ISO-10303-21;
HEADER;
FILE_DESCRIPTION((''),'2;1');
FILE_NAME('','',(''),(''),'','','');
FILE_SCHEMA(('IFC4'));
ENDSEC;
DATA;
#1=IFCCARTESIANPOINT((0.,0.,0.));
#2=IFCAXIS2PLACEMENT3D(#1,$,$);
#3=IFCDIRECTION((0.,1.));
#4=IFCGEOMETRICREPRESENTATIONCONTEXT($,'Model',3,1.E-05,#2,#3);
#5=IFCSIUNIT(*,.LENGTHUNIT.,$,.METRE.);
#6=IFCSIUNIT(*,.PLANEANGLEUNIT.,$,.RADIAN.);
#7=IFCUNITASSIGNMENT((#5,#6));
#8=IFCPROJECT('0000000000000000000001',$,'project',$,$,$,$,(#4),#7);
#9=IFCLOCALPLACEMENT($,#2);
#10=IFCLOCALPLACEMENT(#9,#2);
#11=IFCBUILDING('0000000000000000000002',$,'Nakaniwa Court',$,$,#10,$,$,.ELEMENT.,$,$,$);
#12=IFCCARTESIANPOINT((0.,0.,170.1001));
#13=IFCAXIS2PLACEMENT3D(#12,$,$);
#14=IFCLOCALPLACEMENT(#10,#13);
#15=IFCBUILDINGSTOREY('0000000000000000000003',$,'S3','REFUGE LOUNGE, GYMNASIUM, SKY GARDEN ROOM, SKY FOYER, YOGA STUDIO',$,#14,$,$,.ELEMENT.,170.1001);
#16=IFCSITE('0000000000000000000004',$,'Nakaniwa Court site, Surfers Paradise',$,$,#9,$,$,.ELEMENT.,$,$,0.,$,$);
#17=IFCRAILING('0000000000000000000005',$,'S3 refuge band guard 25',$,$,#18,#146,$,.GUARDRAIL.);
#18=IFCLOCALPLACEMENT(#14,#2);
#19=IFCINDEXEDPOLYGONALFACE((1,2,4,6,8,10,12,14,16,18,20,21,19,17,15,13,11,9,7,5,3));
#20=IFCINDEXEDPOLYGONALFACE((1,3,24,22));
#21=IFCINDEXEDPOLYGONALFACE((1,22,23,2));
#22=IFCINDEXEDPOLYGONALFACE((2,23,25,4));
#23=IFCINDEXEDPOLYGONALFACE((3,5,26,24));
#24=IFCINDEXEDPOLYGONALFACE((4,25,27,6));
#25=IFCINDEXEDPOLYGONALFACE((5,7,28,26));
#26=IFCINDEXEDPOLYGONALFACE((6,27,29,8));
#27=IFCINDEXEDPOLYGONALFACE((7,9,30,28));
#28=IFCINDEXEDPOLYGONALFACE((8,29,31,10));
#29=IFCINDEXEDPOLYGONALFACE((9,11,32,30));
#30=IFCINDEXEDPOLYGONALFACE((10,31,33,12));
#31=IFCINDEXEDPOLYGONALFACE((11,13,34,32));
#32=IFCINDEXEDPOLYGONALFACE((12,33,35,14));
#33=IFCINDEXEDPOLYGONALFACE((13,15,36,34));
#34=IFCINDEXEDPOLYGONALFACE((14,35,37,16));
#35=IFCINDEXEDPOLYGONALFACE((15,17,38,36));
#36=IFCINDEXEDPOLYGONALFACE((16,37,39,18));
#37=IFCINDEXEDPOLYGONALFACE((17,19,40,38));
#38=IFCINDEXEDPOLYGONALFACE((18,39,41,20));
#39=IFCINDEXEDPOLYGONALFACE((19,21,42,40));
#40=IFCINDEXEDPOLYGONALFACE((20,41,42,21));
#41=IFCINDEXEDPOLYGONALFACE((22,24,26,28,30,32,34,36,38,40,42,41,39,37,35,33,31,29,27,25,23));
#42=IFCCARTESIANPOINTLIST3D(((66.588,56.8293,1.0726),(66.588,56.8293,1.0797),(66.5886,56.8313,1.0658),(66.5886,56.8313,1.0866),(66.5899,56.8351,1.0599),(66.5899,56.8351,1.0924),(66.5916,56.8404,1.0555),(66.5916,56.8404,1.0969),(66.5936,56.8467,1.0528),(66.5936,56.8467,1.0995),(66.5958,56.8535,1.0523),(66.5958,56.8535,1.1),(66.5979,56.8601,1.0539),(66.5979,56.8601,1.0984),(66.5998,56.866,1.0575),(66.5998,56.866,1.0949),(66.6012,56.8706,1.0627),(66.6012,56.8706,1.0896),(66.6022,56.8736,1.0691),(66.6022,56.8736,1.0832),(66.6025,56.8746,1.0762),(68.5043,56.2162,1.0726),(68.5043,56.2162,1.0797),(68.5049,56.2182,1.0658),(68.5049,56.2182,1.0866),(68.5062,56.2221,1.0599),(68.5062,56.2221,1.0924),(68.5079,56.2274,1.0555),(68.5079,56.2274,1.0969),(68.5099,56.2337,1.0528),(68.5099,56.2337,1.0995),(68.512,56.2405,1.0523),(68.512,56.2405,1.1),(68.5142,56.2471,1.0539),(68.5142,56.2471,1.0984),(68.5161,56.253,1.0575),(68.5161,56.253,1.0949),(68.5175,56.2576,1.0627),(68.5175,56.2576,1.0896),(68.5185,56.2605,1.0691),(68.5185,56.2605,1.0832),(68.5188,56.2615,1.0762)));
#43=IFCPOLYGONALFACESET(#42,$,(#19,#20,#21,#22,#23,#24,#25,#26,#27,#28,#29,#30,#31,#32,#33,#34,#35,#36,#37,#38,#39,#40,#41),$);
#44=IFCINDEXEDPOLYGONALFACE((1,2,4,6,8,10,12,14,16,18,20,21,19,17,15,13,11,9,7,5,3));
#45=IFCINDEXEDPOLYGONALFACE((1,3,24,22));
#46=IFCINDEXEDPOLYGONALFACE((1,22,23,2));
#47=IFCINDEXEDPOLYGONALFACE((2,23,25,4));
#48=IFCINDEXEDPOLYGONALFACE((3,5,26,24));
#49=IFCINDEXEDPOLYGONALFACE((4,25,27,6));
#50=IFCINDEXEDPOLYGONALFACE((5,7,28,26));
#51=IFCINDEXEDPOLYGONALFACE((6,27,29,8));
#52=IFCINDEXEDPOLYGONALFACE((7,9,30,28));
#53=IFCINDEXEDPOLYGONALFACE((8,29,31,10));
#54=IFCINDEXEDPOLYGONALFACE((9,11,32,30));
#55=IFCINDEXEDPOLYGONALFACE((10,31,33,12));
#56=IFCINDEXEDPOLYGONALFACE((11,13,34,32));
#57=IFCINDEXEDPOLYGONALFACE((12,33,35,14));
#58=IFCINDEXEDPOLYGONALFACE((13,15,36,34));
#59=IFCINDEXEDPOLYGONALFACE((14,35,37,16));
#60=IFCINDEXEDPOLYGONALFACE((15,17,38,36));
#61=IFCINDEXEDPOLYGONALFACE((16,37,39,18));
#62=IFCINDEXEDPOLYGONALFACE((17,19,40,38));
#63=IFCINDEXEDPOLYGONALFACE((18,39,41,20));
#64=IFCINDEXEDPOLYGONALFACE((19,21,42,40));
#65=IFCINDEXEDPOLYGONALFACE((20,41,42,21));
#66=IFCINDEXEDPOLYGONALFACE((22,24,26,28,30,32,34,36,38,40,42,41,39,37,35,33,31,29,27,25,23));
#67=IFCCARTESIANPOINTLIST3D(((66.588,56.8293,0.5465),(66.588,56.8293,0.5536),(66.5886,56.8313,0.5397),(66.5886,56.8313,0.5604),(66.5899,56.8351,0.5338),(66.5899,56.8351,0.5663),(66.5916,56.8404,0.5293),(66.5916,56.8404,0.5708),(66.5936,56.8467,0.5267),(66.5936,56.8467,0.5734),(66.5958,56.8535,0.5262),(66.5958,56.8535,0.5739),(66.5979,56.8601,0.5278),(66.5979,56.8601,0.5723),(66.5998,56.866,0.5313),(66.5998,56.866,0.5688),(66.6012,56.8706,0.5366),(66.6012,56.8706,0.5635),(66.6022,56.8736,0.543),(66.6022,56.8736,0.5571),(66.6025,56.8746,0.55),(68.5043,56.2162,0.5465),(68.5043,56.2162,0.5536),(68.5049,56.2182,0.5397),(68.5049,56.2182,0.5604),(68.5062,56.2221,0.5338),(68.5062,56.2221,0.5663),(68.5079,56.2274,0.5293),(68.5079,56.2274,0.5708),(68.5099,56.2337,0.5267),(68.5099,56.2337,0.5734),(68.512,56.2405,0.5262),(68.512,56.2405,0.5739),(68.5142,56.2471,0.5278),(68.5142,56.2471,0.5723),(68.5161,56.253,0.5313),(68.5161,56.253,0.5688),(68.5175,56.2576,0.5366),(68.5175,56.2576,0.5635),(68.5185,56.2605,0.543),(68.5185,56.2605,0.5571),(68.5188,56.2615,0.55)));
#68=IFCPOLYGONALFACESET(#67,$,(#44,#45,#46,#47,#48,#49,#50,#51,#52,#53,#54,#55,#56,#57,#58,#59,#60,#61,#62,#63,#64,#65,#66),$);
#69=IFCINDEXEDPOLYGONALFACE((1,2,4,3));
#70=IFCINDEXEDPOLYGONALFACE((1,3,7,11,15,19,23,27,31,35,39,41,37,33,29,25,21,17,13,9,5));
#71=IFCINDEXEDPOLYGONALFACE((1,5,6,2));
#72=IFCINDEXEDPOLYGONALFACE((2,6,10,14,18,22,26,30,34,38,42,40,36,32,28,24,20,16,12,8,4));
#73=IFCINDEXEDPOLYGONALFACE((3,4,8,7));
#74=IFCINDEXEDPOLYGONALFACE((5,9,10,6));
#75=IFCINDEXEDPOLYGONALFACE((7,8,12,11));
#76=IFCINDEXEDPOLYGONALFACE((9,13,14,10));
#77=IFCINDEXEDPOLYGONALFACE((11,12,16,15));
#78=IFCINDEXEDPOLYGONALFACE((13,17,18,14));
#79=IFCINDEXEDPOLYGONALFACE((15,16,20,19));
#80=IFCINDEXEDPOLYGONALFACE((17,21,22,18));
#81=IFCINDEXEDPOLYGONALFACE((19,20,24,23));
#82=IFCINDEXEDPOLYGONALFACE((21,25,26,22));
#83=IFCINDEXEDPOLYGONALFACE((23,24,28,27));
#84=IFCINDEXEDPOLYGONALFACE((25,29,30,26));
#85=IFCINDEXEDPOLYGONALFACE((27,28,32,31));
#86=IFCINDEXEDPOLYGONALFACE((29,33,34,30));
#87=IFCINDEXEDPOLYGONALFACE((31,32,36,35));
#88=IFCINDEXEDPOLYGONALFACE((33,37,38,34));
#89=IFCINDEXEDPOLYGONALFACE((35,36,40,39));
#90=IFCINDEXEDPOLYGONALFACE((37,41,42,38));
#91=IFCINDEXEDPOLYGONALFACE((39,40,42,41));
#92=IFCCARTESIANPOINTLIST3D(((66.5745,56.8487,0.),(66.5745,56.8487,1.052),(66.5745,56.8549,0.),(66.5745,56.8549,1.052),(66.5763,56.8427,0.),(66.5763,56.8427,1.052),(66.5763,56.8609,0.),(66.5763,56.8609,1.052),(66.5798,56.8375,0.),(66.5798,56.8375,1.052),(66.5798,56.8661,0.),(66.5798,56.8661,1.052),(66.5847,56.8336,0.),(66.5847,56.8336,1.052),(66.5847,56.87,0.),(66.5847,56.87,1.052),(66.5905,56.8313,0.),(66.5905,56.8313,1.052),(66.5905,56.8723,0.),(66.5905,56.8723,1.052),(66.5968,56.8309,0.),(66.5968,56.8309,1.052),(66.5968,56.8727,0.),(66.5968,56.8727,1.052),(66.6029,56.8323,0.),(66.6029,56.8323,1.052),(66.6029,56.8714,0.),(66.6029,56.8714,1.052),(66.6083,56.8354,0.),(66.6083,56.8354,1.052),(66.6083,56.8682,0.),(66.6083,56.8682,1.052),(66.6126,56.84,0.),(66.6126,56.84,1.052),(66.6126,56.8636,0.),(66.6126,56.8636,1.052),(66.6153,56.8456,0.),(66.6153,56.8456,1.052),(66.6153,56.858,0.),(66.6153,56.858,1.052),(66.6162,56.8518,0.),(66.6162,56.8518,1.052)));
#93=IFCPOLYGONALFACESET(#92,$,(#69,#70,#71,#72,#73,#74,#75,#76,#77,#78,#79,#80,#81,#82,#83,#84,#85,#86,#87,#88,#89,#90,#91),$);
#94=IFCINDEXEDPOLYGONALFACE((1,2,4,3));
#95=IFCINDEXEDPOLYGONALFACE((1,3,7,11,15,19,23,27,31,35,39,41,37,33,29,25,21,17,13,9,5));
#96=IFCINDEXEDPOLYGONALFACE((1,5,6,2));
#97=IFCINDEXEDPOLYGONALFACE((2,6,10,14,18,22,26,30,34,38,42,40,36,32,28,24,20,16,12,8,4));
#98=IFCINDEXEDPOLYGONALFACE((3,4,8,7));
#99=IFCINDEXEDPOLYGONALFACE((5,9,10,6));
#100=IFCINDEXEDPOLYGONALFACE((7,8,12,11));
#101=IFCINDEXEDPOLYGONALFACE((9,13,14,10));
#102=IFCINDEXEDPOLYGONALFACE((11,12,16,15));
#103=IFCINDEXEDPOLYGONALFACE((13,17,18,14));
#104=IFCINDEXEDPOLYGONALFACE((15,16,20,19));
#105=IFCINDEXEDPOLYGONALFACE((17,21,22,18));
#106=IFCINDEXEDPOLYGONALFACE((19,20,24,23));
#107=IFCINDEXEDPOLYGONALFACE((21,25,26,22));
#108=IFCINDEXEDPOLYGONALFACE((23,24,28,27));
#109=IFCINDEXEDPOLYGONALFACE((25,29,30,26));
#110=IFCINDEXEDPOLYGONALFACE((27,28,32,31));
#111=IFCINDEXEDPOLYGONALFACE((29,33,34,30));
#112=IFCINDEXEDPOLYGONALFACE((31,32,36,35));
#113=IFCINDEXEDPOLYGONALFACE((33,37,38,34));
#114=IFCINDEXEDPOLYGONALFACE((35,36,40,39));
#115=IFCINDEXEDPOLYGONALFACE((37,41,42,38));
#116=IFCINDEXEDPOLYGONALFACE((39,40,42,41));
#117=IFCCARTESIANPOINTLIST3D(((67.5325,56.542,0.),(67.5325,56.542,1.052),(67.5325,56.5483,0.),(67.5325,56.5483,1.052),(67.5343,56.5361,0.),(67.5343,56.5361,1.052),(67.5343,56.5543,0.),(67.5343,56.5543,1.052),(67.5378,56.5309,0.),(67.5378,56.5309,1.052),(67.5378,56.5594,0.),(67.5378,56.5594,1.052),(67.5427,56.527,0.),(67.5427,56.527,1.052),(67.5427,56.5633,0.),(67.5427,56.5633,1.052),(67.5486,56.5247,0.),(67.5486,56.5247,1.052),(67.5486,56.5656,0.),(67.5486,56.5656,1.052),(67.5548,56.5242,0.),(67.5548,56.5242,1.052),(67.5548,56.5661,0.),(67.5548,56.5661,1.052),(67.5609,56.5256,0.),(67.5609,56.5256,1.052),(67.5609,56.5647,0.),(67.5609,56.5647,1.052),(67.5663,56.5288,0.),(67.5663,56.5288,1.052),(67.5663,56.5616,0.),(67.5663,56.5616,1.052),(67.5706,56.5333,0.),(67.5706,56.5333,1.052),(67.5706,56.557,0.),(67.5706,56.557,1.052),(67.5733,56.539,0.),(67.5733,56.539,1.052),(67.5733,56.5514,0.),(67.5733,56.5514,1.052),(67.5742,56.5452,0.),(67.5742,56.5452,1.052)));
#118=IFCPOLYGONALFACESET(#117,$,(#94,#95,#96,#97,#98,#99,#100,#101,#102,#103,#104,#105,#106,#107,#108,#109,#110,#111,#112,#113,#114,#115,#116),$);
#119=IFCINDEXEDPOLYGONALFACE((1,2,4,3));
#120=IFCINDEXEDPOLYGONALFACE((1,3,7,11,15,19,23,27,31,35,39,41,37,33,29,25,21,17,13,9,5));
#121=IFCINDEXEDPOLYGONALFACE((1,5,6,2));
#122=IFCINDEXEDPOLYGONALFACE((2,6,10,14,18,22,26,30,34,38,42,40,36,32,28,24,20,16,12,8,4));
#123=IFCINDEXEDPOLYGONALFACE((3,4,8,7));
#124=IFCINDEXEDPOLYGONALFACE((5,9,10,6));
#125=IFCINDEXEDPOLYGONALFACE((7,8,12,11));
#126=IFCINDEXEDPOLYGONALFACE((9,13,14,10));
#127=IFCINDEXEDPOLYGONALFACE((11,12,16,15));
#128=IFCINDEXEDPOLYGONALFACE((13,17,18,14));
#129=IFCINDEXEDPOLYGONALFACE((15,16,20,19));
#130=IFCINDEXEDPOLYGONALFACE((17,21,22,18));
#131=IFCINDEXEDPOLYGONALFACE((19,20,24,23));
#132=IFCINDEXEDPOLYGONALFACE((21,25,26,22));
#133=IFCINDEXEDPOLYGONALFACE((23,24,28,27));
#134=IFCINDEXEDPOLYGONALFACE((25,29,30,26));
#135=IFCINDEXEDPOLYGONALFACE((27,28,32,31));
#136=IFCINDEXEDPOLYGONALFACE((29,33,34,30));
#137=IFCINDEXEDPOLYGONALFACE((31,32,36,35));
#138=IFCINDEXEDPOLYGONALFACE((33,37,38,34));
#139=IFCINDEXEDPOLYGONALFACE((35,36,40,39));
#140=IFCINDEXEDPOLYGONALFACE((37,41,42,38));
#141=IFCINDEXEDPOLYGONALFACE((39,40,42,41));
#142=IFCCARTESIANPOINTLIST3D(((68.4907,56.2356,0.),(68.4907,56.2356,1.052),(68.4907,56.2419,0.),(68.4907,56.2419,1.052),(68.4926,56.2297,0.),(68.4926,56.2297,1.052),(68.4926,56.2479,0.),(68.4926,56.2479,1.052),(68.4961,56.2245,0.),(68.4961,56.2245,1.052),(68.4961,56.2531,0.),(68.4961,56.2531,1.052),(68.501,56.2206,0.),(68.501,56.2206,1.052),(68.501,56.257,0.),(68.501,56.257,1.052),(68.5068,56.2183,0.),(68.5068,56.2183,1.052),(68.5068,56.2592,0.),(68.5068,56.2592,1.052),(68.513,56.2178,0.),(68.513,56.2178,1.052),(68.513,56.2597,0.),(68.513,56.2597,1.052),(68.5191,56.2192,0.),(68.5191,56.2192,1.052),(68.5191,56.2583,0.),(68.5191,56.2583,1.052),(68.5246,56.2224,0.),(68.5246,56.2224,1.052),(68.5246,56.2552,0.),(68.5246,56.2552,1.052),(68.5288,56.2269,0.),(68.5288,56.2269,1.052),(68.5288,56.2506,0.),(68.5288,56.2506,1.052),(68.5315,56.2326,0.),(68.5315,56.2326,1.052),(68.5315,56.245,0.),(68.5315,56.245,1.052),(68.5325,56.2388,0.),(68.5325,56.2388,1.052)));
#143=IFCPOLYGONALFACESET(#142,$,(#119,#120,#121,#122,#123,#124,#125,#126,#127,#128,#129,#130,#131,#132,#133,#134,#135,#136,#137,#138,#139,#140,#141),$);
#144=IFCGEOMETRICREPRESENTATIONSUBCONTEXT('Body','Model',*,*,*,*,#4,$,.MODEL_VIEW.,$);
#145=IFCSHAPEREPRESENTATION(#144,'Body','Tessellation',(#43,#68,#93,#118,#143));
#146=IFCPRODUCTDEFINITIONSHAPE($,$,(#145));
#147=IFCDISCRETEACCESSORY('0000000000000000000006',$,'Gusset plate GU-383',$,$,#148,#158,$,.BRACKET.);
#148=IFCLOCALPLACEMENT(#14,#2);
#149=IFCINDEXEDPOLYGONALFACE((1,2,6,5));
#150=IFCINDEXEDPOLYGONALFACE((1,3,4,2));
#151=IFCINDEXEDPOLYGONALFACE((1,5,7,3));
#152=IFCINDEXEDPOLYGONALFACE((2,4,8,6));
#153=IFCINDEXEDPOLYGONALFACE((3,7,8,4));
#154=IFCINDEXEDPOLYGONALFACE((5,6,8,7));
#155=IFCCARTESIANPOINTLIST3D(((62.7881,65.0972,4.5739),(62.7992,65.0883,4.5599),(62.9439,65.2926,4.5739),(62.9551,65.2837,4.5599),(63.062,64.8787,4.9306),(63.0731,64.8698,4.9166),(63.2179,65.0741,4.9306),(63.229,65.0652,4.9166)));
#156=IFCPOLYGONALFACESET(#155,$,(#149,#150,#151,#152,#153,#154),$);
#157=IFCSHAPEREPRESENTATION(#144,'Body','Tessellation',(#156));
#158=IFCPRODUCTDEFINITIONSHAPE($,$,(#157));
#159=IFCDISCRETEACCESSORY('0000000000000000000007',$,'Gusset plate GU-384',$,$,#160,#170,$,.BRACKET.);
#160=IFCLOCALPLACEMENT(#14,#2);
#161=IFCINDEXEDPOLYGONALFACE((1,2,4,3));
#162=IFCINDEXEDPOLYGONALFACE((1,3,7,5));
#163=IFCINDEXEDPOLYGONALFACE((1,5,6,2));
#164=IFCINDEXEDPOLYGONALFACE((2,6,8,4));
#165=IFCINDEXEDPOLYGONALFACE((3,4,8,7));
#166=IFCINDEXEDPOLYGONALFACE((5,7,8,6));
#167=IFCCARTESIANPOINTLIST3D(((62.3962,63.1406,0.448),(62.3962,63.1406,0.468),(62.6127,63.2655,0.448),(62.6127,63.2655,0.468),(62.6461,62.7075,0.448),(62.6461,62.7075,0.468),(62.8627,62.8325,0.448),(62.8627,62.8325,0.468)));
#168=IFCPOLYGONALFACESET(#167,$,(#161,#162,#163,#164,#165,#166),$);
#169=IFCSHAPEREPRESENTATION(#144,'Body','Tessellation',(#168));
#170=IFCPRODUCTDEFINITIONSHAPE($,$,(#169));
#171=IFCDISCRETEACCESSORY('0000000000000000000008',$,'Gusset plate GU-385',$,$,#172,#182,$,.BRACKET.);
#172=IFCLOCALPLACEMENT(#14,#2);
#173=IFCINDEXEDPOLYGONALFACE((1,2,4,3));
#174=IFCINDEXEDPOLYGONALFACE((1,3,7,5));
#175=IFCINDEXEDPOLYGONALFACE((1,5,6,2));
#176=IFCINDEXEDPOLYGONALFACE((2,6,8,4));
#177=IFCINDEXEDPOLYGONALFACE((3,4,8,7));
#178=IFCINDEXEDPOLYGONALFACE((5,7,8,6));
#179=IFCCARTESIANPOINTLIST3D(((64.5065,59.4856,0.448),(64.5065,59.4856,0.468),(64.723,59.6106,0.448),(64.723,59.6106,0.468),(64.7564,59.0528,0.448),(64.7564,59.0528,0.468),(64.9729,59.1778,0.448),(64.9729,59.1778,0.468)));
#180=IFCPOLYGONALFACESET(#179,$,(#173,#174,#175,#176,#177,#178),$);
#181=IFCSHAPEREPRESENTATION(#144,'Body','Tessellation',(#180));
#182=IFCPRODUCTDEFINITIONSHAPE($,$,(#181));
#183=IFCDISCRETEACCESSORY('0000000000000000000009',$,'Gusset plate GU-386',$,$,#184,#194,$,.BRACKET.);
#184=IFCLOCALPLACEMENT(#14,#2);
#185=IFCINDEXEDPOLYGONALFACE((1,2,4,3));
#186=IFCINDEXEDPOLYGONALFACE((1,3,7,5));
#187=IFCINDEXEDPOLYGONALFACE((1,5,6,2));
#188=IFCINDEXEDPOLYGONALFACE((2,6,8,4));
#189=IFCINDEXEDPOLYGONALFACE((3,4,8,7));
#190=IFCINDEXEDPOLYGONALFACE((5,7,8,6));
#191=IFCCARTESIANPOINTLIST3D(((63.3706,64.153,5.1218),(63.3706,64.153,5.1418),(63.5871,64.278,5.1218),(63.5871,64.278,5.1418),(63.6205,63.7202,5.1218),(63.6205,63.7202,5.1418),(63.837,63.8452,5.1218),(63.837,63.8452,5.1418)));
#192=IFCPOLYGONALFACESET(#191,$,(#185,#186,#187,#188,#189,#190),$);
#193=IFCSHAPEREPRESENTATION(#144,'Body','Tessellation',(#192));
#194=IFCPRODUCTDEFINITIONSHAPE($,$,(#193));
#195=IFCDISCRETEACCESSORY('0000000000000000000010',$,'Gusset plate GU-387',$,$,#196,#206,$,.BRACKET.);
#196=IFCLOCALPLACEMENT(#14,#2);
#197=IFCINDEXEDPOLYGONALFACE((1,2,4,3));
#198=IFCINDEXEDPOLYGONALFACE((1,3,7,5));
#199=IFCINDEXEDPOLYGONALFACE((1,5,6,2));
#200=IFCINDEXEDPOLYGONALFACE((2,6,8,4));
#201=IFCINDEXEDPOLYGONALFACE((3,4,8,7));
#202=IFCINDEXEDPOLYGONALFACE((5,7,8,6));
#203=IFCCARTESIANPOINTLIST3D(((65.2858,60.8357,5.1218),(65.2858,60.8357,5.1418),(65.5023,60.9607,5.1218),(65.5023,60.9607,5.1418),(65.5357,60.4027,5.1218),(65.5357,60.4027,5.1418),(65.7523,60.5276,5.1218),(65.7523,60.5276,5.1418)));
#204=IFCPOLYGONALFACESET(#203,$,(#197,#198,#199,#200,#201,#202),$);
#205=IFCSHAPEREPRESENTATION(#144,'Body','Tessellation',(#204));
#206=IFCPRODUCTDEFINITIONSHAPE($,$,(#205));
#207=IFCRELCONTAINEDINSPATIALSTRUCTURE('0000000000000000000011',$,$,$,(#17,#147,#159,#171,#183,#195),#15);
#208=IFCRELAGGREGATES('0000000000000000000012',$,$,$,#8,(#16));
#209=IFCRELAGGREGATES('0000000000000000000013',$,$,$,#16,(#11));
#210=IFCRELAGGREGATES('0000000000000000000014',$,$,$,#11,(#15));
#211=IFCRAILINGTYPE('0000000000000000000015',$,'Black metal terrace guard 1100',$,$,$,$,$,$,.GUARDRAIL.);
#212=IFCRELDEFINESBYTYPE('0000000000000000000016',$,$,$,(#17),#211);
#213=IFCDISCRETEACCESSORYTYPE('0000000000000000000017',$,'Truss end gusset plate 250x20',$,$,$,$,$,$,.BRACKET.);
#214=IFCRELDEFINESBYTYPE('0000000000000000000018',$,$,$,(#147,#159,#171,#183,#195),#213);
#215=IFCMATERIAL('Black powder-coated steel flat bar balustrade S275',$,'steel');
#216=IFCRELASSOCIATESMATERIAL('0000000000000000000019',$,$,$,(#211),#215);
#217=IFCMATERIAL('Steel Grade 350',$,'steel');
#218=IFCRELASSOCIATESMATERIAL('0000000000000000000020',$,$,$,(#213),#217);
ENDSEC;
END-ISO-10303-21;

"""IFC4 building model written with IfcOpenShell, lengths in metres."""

from ifc_helpers import new_model, si_unit, direction, frame, origin, origin_2d, place, context, subcontext, project, spatial, rectangle, circle, extrude, material, material_profile, profile_set, type_object, element, save


model = new_model("IFC4")

# Units and contexts
model_context = context("Model", 3, precision=1e-05, world=origin(), true_north=direction((0.0, 1.0)))
body_context = subcontext(model_context, "Body", "Model", "MODEL_VIEW")
ifc_project = project(units=[si_unit("LENGTHUNIT", "METRE"), si_unit("PLANEANGLEUNIT", "RADIAN")], contexts=[model_context])

# Site, building, storey
site_placement = place(None, origin())
site = spatial("IfcSite", under=ifc_project, at=site_placement, Name="Nakaniwa Court site, Surfers Paradise", CompositionType="ELEMENT", RefElevation=0.0)
building_placement = place(site_placement, origin())
building = spatial("IfcBuilding", under=site, at=building_placement, Name="Nakaniwa Court", CompositionType="ELEMENT")
storey_placement = place(building_placement, frame((0.0, 0.0, 170.1001)))
storey = spatial("IfcBuildingStorey", under=building, at=storey_placement, Name="S3", Description="REFUGE LOUNGE, GYMNASIUM, SKY GARDEN ROOM, SKY FOYER, YOGA STUDIO", CompositionType="ELEMENT", Elevation=170.1001)

# Shared definitions
ifc_material_1 = material(Name="Steel Grade 350", Category="steel")

# Railing
ifc_material_2 = material(Name="Black powder-coated steel flat bar balustrade S275", Category="steel")
railing_type = type_object("IfcRailingType", Name="Black metal terrace guard 1100", PredefinedType="GUARDRAIL", material=ifc_material_2)
railing_1_placement = place(storey_placement, frame((66.5952, 56.8518, 0.0)))
element("IfcRailing", 1, at=railing_1_placement, inside=storey, type_object=railing_type, Name="S3 refuge band guard 25", PredefinedType="GUARDRAIL", context=body_context, shape_type="SweptSolid", body=[
    extrude(circle(Radius=0.0239, at=origin_2d()), frame((0.0, 0.0, 1.0762), z_axis=(0.952448, -0.304701, 0.0), x_axis=(0.304701, 0.952448, 0.0)), (0.0, 0.0, 1.0), 2.012),
    extrude(circle(Radius=0.0239, at=origin_2d()), frame((0.0, 0.0, 0.55), z_axis=(0.952448, -0.304701, 0.0), x_axis=(0.304701, 0.952448, 0.0)), (0.0, 0.0, 1.0), 2.012),
    extrude(circle(Radius=0.021, at=origin_2d()), origin(), (0.0, 0.0, 1.0), 1.052),
    extrude(circle(Radius=0.021, at=origin_2d()), frame((0.958, -0.3066, 0.0)), (0.0, 0.0, 1.0), 1.052),
    extrude(circle(Radius=0.021, at=origin_2d()), frame((1.9163, -0.613, 0.0)), (0.0, 0.0, 1.0), 1.052),
])

# Discrete accessories
ifc_material_profile_1 = material_profile(ifc_material_1, rectangle(XDim=0.25, YDim=0.02, at=origin_2d()), Name="Truss end gusset plate 250x20")
ifc_profile_set_1 = profile_set([ifc_material_profile_1], Name="Steel Grade 350")
discrete_accessory_type = type_object("IfcDiscreteAccessoryType", Name="Truss end gusset plate 250x20", PredefinedType="BRACKET", material=ifc_profile_set_1)
for number, where, z_axis, x_axis, name in (
    (2, (62.8716, 65.1904, 4.5669), (0.547843, -0.437005, 0.713368), (0.62359, 0.781752, 0.0), "Gusset plate GU-383"),
    (3, (62.7544, 62.77, 0.458), (-0.49992, 0.866072, 0.0), (-0.866072, -0.49992, 0.0), "Gusset plate GU-384"),
):
    element("IfcDiscreteAccessory", number, at=place(storey_placement, frame(where, z_axis=z_axis, x_axis=x_axis)), inside=storey, type_object=discrete_accessory_type, Name=name, PredefinedType="BRACKET", context=body_context, shape_type="SweptSolid", body=[
        extrude(rectangle(XDim=0.25, YDim=0.02, at=origin_2d()), origin(), (0.0, 0.0, 1.0), 0.5),
    ])
for number, where, z_axis, x_axis, name in (
    (4, (64.6147, 59.5481, 0.458), (0.500131, -0.86595, 0.0), (0.86595, 0.500131, 0.0), "Gusset plate GU-385"),
    (5, (63.7288, 63.7827, 5.1318), (-0.500131, 0.86595, 0.0), (-0.86595, -0.500131, 0.0), "Gusset plate GU-386"),
):
    element("IfcDiscreteAccessory", number, at=place(storey_placement, frame(where, z_axis=z_axis, x_axis=x_axis)), inside=storey, type_object=discrete_accessory_type, Name=name, PredefinedType="BRACKET", context=body_context, shape_type="SweptSolid", body=[
        extrude(rectangle(XDim=0.25, YDim=0.02, at=origin_2d()), origin(), (0.0, 0.0, 1.0), 0.4998),
    ])
for number, where, z_axis, x_axis, name in (
    (6, (65.394, 60.8982, 5.1318), (0.49992, -0.866072, 0.0), (0.866072, 0.49992, 0.0), "Gusset plate GU-387"),
):
    element("IfcDiscreteAccessory", number, at=place(storey_placement, frame(where, z_axis=z_axis, x_axis=x_axis)), inside=storey, type_object=discrete_accessory_type, Name=name, PredefinedType="BRACKET", context=body_context, shape_type="SweptSolid", body=[
        extrude(rectangle(XDim=0.25, YDim=0.02, at=origin_2d()), origin(), (0.0, 0.0, 1.0), 0.5),
    ])

save(model, "model.ifc")
